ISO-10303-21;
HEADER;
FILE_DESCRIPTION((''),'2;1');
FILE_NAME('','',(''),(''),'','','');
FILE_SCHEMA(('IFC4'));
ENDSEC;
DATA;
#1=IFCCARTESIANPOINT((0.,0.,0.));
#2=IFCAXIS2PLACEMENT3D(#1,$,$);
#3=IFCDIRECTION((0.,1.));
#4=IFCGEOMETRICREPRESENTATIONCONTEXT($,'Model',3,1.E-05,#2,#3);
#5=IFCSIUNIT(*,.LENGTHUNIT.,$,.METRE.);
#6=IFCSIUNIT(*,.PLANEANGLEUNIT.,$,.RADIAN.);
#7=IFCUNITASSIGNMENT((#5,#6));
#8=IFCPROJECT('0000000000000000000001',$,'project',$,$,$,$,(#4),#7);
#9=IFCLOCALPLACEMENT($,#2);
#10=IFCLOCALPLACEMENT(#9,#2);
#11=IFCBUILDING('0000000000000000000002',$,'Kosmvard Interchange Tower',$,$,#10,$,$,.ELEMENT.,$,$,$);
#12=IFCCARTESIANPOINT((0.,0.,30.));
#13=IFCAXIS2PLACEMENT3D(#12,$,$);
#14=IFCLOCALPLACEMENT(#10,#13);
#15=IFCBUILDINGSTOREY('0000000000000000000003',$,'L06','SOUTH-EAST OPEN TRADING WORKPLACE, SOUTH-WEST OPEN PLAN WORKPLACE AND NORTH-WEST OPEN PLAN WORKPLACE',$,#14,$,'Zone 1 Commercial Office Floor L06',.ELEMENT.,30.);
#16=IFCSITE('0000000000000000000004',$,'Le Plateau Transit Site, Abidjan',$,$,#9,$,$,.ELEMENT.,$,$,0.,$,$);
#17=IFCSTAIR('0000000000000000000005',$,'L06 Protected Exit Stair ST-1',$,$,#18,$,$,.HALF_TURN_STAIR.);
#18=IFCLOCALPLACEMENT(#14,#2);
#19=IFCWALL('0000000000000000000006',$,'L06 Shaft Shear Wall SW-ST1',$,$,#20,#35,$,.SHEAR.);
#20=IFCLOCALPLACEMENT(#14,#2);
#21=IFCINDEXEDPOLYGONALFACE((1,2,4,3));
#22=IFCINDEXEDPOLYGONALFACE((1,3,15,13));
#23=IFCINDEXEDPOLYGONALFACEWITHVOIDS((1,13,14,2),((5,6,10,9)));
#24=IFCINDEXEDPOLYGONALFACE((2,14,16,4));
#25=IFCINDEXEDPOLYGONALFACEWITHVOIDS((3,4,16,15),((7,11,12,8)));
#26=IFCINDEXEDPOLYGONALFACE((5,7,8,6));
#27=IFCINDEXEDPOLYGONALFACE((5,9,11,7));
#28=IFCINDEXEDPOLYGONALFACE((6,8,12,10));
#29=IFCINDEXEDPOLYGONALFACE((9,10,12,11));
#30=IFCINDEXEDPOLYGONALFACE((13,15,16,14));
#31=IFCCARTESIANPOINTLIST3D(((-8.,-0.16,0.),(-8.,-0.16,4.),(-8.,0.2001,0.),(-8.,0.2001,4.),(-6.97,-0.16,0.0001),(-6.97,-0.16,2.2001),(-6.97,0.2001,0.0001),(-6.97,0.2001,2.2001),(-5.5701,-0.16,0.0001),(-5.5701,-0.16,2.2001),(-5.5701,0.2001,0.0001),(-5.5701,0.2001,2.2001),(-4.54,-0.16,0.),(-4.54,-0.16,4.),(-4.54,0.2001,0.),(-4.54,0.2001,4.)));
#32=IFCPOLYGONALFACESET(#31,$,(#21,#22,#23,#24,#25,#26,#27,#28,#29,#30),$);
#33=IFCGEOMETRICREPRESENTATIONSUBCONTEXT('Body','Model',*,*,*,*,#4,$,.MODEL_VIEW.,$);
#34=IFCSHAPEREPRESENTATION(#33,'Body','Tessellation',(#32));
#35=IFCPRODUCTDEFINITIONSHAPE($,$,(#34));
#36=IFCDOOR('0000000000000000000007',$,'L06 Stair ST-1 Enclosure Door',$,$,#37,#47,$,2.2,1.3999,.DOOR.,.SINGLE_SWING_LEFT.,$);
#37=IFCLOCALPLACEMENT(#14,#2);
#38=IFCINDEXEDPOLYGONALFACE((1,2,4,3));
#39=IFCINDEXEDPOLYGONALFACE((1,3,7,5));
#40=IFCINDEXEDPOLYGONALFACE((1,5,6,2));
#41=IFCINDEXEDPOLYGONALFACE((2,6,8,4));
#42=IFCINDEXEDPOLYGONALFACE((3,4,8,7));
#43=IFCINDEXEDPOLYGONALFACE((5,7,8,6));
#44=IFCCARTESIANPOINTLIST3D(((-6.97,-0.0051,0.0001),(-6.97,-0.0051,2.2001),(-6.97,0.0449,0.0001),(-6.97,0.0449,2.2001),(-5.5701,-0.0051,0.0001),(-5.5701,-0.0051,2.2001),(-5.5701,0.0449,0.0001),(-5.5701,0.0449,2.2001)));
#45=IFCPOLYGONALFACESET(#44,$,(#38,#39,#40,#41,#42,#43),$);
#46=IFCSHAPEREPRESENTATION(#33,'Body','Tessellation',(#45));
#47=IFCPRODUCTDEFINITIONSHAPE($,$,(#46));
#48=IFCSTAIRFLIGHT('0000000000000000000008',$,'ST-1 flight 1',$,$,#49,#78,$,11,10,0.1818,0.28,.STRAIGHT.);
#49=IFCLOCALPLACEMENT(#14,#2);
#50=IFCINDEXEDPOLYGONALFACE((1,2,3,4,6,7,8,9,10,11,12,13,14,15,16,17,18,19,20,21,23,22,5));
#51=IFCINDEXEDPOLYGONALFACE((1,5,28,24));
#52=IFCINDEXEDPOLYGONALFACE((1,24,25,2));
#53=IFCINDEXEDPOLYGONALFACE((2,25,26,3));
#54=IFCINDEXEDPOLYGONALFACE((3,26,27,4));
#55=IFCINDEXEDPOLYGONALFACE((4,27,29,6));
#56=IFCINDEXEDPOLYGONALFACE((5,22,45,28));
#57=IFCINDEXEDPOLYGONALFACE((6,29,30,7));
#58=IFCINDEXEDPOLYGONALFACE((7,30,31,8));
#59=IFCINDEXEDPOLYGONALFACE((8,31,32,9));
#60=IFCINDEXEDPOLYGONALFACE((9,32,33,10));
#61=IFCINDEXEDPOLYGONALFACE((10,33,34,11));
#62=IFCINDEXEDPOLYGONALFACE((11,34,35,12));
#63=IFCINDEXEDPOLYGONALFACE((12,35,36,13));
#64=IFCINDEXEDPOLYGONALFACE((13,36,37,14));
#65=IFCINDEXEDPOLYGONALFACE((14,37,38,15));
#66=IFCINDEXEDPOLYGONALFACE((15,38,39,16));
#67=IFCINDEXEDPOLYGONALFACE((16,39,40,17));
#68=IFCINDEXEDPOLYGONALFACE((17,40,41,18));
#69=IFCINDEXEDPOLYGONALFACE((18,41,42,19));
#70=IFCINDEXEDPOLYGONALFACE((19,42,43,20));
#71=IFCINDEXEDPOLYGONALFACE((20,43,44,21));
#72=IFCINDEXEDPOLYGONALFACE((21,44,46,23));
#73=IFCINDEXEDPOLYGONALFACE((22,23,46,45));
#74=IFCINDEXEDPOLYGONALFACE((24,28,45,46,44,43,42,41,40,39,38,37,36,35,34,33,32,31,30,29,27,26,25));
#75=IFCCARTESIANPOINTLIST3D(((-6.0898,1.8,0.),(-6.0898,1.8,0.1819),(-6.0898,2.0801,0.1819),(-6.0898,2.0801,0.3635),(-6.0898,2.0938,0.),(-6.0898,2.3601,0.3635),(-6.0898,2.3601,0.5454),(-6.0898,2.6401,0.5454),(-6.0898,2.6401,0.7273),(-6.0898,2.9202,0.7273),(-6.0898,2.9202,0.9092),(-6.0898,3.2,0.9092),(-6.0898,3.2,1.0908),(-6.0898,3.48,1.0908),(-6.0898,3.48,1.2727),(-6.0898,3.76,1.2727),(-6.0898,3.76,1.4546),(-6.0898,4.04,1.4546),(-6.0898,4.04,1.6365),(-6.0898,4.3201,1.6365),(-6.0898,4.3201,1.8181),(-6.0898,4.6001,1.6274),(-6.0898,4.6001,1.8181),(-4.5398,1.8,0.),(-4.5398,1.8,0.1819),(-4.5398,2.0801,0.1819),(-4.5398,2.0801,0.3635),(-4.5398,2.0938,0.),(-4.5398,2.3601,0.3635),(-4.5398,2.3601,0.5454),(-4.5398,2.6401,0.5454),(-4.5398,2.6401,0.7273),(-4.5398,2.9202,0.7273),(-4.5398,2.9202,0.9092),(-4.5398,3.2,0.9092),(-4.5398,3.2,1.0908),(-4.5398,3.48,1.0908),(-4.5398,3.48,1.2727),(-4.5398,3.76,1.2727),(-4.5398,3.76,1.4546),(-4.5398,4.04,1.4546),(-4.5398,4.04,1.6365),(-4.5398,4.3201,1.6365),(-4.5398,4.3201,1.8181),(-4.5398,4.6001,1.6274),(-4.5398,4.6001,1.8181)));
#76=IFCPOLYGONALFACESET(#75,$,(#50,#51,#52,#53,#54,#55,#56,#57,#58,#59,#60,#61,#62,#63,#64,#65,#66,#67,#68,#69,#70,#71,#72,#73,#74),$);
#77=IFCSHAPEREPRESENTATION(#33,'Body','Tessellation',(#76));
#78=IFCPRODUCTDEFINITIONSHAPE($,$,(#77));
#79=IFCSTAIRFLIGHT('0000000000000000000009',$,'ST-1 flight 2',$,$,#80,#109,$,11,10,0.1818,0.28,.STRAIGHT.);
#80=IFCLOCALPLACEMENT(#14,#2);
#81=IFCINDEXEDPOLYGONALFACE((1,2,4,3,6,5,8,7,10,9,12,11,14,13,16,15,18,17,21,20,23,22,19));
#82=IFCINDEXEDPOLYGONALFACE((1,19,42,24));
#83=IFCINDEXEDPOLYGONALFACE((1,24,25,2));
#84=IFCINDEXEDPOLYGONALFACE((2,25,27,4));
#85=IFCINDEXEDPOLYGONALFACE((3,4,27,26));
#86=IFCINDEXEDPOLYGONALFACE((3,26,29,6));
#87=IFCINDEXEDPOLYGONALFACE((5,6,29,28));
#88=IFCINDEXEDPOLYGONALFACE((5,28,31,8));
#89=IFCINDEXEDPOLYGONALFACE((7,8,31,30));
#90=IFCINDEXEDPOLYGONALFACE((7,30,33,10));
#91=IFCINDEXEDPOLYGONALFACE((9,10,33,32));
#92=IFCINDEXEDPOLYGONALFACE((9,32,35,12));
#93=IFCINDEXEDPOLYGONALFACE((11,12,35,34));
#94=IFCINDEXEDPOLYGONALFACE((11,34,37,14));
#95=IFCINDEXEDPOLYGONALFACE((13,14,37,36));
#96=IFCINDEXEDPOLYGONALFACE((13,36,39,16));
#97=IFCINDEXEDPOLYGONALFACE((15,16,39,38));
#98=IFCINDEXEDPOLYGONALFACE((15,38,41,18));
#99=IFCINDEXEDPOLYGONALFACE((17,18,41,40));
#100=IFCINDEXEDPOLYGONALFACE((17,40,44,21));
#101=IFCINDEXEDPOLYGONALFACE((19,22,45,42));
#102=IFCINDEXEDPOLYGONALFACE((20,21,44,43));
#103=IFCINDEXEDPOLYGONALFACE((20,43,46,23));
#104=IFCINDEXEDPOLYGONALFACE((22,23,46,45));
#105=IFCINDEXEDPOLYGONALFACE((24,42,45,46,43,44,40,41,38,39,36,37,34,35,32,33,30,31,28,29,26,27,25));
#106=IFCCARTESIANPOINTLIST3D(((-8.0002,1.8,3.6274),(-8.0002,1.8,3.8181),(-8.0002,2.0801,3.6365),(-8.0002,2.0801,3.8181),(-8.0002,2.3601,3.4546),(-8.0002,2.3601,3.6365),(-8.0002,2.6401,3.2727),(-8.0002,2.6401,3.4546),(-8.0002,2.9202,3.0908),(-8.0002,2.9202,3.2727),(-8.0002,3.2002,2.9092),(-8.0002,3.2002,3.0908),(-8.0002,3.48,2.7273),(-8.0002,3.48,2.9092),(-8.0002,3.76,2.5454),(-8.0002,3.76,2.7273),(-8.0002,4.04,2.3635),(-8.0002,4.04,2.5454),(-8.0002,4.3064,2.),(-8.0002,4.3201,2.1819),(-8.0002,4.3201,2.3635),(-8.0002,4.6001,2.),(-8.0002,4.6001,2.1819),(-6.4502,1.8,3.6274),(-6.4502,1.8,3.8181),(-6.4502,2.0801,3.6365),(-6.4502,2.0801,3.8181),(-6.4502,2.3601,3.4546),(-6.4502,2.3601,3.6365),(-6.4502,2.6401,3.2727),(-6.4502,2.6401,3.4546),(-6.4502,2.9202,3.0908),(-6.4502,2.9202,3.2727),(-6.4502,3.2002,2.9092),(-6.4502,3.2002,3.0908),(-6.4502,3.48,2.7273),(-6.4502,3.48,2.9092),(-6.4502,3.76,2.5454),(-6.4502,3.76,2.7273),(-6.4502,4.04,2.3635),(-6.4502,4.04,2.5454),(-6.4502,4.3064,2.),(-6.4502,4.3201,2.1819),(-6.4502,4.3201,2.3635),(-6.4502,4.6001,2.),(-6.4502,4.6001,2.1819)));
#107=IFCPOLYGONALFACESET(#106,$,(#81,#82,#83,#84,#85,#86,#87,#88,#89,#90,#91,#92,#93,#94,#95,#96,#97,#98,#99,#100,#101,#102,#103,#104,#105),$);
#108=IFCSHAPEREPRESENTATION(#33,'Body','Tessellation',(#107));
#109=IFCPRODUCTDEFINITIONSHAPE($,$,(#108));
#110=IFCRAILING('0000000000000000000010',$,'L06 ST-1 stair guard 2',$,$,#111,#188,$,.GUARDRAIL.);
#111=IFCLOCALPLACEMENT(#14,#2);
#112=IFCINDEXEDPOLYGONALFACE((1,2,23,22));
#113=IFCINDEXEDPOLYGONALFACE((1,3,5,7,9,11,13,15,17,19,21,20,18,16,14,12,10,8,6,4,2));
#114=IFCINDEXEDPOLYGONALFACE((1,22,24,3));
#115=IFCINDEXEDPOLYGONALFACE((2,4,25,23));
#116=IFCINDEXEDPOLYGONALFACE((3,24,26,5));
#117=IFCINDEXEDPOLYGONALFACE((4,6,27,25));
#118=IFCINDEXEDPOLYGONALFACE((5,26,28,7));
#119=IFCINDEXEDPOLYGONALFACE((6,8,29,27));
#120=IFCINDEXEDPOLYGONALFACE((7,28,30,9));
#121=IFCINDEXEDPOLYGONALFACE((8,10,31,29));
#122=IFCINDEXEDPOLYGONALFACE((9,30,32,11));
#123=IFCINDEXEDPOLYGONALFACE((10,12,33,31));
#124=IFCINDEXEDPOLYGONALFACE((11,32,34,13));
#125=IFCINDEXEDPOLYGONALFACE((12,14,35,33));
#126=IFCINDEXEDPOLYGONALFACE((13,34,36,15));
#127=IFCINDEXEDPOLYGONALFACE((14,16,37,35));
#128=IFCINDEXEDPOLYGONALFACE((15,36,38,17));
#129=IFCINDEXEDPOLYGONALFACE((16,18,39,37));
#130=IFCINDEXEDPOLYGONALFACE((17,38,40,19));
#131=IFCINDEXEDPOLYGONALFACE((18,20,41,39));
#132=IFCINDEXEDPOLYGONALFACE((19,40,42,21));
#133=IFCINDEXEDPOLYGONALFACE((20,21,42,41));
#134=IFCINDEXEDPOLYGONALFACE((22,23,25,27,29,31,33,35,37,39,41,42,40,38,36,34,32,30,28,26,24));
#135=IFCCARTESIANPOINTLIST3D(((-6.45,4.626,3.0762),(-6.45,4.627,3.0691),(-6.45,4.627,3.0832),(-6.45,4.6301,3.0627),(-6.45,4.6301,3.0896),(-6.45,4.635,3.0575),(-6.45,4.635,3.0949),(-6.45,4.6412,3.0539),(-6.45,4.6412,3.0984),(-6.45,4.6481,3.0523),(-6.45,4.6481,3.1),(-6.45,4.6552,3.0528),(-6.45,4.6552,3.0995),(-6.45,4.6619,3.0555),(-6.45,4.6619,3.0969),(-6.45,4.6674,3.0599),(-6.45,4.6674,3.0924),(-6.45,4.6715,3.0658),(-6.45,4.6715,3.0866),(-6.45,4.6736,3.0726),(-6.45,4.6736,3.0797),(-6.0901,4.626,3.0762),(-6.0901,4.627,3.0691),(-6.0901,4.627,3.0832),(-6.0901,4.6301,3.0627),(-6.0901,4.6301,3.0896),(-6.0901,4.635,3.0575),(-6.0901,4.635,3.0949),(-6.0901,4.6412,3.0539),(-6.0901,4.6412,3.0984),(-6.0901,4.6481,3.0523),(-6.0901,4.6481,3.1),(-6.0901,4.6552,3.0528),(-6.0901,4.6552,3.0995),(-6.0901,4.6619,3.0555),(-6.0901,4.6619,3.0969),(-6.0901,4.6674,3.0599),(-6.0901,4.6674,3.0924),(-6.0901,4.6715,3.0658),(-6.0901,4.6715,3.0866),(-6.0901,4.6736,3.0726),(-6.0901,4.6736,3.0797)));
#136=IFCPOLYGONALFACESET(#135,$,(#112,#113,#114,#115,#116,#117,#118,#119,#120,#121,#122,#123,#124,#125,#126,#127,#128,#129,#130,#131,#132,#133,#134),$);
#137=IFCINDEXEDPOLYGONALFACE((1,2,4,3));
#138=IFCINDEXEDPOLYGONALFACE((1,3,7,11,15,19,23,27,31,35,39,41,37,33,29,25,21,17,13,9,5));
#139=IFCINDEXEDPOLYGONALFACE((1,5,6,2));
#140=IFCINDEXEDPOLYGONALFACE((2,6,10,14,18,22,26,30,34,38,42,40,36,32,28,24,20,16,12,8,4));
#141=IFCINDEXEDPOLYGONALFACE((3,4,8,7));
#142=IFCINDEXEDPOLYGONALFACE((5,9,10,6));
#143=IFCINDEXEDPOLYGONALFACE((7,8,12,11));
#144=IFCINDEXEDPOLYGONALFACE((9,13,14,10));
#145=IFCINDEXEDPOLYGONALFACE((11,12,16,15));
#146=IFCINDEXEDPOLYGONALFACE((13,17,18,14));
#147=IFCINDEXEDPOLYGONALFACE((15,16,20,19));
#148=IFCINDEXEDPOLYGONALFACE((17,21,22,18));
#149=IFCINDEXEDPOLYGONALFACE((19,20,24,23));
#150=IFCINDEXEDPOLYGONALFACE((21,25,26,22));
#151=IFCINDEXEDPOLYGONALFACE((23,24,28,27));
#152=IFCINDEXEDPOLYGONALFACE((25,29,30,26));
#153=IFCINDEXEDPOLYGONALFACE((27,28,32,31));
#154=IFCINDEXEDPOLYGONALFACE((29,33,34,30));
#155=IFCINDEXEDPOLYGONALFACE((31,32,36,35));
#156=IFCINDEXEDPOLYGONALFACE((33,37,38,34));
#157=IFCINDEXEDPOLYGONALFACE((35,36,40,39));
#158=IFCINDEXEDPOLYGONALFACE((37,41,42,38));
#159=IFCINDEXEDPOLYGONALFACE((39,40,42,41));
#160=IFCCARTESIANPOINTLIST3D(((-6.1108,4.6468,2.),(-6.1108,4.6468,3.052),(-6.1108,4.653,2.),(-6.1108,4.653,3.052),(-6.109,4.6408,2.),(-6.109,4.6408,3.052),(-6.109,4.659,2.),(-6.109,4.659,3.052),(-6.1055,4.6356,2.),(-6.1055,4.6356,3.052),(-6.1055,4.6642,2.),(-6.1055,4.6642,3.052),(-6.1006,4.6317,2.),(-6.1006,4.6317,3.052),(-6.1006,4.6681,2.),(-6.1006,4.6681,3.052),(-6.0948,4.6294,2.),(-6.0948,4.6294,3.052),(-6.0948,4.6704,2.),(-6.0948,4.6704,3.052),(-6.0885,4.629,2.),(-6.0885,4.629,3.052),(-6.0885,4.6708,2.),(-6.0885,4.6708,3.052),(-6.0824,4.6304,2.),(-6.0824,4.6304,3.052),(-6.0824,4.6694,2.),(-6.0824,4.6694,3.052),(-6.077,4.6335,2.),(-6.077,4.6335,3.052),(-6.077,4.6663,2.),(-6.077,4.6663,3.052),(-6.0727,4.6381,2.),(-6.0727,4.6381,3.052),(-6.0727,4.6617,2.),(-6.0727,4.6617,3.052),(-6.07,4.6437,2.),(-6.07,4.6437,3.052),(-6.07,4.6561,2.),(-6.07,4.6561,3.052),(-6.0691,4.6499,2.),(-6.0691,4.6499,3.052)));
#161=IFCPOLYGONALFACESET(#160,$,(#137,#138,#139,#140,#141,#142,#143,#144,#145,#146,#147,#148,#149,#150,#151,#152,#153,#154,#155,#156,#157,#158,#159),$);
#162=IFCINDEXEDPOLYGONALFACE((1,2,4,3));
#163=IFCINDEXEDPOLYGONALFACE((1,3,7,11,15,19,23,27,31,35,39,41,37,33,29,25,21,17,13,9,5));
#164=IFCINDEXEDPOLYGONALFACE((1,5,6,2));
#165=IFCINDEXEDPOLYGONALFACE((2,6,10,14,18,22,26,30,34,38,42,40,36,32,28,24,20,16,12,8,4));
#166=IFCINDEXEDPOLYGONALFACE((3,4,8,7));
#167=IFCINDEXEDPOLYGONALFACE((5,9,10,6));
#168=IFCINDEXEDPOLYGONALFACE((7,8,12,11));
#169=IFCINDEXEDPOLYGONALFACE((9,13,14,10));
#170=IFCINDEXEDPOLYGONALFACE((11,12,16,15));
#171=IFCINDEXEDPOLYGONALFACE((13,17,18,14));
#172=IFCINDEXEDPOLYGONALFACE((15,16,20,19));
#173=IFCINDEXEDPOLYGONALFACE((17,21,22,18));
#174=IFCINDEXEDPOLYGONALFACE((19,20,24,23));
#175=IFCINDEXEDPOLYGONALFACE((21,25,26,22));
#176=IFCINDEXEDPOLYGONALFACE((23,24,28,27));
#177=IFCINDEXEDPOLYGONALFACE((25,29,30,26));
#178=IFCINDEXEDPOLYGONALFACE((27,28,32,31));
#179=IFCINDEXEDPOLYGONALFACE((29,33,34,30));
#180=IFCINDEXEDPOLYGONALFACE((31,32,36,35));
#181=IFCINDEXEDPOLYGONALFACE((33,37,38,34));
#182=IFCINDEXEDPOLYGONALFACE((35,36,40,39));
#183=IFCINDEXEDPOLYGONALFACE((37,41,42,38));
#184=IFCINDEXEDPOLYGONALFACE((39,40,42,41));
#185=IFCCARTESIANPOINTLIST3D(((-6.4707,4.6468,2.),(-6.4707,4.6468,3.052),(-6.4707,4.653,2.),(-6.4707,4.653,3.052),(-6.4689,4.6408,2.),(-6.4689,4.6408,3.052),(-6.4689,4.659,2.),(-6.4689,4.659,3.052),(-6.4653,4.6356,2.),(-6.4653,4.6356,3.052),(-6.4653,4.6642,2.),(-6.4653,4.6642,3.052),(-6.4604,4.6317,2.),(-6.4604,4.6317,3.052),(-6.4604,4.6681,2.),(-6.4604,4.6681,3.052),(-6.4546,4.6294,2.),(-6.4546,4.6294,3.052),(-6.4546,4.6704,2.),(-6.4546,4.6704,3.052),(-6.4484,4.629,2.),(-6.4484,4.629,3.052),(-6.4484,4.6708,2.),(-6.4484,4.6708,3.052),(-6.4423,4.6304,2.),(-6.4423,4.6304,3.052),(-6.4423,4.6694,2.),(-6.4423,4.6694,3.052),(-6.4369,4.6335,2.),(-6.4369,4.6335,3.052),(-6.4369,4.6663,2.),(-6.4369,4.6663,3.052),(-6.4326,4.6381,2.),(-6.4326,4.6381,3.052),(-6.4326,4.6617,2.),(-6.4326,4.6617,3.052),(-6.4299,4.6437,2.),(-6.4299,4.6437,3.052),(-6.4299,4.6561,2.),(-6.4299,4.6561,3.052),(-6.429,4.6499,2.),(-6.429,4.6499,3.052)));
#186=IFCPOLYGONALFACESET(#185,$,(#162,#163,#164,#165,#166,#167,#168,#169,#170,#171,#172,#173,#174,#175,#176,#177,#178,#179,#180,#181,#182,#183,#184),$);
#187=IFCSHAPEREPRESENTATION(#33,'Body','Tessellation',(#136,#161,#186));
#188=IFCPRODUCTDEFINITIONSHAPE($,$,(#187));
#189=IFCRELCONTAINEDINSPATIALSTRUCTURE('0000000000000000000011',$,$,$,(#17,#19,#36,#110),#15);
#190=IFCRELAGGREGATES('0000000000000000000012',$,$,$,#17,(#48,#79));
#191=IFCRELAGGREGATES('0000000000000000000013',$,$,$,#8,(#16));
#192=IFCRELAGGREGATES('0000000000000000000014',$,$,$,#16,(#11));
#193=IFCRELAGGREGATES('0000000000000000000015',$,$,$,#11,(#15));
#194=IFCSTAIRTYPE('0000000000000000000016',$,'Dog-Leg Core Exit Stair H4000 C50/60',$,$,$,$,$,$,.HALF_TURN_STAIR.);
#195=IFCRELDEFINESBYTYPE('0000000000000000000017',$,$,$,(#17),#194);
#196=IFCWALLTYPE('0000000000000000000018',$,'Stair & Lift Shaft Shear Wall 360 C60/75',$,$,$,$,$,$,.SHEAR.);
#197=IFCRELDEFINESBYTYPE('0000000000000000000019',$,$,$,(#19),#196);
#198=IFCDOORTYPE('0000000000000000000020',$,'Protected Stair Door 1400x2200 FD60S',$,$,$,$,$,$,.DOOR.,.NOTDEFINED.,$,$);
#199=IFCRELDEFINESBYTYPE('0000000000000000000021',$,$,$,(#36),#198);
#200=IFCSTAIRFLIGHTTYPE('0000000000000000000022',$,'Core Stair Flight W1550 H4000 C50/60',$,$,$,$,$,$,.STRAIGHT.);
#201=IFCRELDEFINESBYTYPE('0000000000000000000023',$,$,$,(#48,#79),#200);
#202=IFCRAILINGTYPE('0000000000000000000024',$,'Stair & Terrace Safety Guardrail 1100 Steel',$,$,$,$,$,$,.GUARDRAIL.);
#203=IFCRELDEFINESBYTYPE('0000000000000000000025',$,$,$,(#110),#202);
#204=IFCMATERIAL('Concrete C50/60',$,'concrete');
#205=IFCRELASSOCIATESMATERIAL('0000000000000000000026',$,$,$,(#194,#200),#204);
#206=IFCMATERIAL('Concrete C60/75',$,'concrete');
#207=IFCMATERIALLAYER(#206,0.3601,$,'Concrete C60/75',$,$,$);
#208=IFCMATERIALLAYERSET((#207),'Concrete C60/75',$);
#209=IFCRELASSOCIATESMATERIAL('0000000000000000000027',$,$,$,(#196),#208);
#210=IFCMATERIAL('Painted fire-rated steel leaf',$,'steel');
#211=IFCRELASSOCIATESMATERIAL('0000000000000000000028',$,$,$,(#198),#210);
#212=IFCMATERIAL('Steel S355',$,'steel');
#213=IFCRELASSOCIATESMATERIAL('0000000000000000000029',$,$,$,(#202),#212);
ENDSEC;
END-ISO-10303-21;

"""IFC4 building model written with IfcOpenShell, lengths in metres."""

from ifc_helpers import new_model, si_unit, direction, frame, frame_2d, origin, origin_2d, place, context, subcontext, project, spatial, polyline, rectangle, circle, outline, extrude, source, transform, mapped, material, layer, layer_set, type_object, element, fill, aggregate, save


model = new_model("IFC4")

# Units and contexts
model_context = context("Model", 3, precision=1e-05, world=origin(), true_north=direction((0.0, 1.0)))
body_context = subcontext(model_context, "Body", "Model", "MODEL_VIEW")
ifc_project = project(units=[si_unit("LENGTHUNIT", "METRE"), si_unit("PLANEANGLEUNIT", "RADIAN")], contexts=[model_context])

# Site, building, storey
site_placement = place(None, origin())
site = spatial("IfcSite", under=ifc_project, at=site_placement, Name="Le Plateau Transit Site, Abidjan", CompositionType="ELEMENT", RefElevation=0.0)
building_placement = place(site_placement, origin())
building = spatial("IfcBuilding", under=site, at=building_placement, Name="Kosmvard Interchange Tower", CompositionType="ELEMENT")
storey_placement = place(building_placement, frame((0.0, 0.0, 30.0)))
storey = spatial("IfcBuildingStorey", under=building, at=storey_placement, Name="L06", Description="SOUTH-EAST OPEN TRADING WORKPLACE, SOUTH-WEST OPEN PLAN WORKPLACE AND NORTH-WEST OPEN PLAN WORKPLACE", LongName="Zone 1 Commercial Office Floor L06", CompositionType="ELEMENT", Elevation=30.0)

# Shared definitions
ifc_material_1 = material(Name="Concrete C60/75", Category="concrete")

# Shared definitions
ifc_material_2 = material(Name="Steel S355", Category="steel")

# Stair
ifc_material_3 = material(Name="Concrete C50/60", Category="concrete")
stair_type = type_object("IfcStairType", Name="Dog-Leg Core Exit Stair H4000 C50/60", PredefinedType="HALF_TURN_STAIR", material=ifc_material_3)
stair_1_placement = place(storey_placement, origin())
stair_1 = element("IfcStair", 1, at=stair_1_placement, inside=storey, type_object=stair_type, Name="L06 Protected Exit Stair ST-1", PredefinedType="HALF_TURN_STAIR")

# Wall, opening, door
ifc_layer_1 = layer(ifc_material_1, 0.3601, Name="Concrete C60/75")
ifc_layer_set_1 = layer_set([ifc_layer_1], Name="Concrete C60/75")
wall_type_1 = type_object("IfcWallType", Name="Stair & Lift Shaft Shear Wall 360 C60/75", PredefinedType="SHEAR", material=ifc_layer_set_1)
wall_1_placement = place(storey_placement, frame((-8.0, 0.02, 0.0), z_axis=(0.0, 0.0, 1.0), x_axis=(1.0, 0.0, 0.0)))
wall_1 = element("IfcWall", 2, at=wall_1_placement, inside=storey, type_object=wall_type_1, Name="L06 Shaft Shear Wall SW-ST1", PredefinedType="SHEAR", context=body_context, shape_type="SweptSolid", body=[
    extrude(rectangle(XDim=3.46, YDim=0.3601, at=frame_2d((1.73, 0.0))), origin(), (0.0, 0.0, 1.0), 4.0),
])
opening_1_placement = place(wall_1_placement, frame((1.03, 0.0, 0.0)))
opening_1 = element("IfcOpeningElement", 3, at=opening_1_placement, cuts=wall_1, PredefinedType="OPENING", context=body_context, shape_type="SweptSolid", body=[
    extrude(rectangle(XDim=1.3999, YDim=2.2, at=frame_2d((0.7, 1.1001))), frame((0.0, 0.1899, 0.0), z_axis=(0.0, -1.0, 0.0), x_axis=(1.0, 0.0, 0.0)), (0.0, 0.0, 1.0), 0.3801),
])
ifc_material_4 = material(Name="Painted fire-rated steel leaf", Category="steel")
door_type_1 = type_object("IfcDoorType", Name="Protected Stair Door 1400x2200 FD60S", OperationType="NOTDEFINED", PredefinedType="DOOR", material=ifc_material_4)
shared_shape_1 = source(origin(), body_context, "Body", "SweptSolid", [
    extrude(rectangle(XDim=1.3999, YDim=2.2, at=frame_2d((0.7, 1.1001))), frame((0.0, 0.0249, 0.0), z_axis=(0.0, -1.0, 0.0), x_axis=(1.0, 0.0, 0.0)), (0.0, 0.0, 1.0), 0.05),
])
door_1_placement = place(opening_1_placement, origin())
door_1 = element("IfcDoor", 4, at=door_1_placement, inside=storey, type_object=door_type_1, Name="L06 Stair ST-1 Enclosure Door", OperationType="SINGLE_SWING_LEFT", OverallHeight=2.2, OverallWidth=1.3999, PredefinedType="DOOR", context=body_context, shape_type="MappedRepresentation", body=[
    mapped(shared_shape_1, transform((0.0, 0.0, 0.0), scale=1.0)),
])
fill(opening_1, door_1)

# Stair flights
stair_flight_type = type_object("IfcStairFlightType", Name="Core Stair Flight W1550 H4000 C50/60", PredefinedType="STRAIGHT", material=ifc_material_3)
shared_shape_2 = source(origin(), body_context, "Body", "SweptSolid", [
    extrude(outline(polyline([(0.0, 0.0), (0.0, 0.1819), (0.28, 0.1819), (0.28, 0.3635), (0.5601, 0.3635), (0.5601, 0.5454), (0.8401, 0.5454), (0.8401, 0.7273), (1.1201, 0.7273), (1.1201, 0.9092), (1.3999, 0.9092), (1.3999, 1.0908), (1.6799, 1.0908), (1.6799, 1.2727), (1.96, 1.2727), (1.96, 1.4546), (2.24, 1.4546), (2.24, 1.6365), (2.52, 1.6365), (2.52, 1.8181), (2.8, 1.8181), (2.8, 2.0), (2.8, 1.6274), (0.2937, 0.0), (0.0, 0.0)])), frame((0.0, 0.7749, 0.0), z_axis=(0.0, -1.0, 0.0), x_axis=(1.0, 0.0, 0.0)), (0.0, 0.0, 1.0), 1.55),
])
stair_flight_1_placement = place(storey_placement, frame((-5.3149, 1.8, 0.0), z_axis=(0.0, 0.0, 1.0), x_axis=(0.0, 1.0, 0.0)))
stair_flight_1 = element("IfcStairFlight", 5, at=stair_flight_1_placement, type_object=stair_flight_type, Name="ST-1 flight 1", NumberOfRisers=11, NumberOfTreads=10, PredefinedType="STRAIGHT", RiserHeight=0.1818, TreadLength=0.28, context=body_context, shape_type="MappedRepresentation", body=[
    mapped(shared_shape_2, transform((0.0, 0.0, 0.0), scale=1.0)),
])
stair_flight_2_placement = place(storey_placement, frame((-7.2251, 4.6001, 2.0), z_axis=(0.0, 0.0, 1.0), x_axis=(0.0, -1.0, 0.0)))
stair_flight_2 = element("IfcStairFlight", 6, at=stair_flight_2_placement, type_object=stair_flight_type, Name="ST-1 flight 2", NumberOfRisers=11, NumberOfTreads=10, PredefinedType="STRAIGHT", RiserHeight=0.1818, TreadLength=0.28, context=body_context, shape_type="MappedRepresentation", body=[
    mapped(shared_shape_2, transform((0.0, 0.0, 0.0), scale=1.0)),
])
aggregate(stair_1, [stair_flight_1, stair_flight_2])

# Railing
railing_type_1 = type_object("IfcRailingType", Name="Stair & Terrace Safety Guardrail 1100 Steel", PredefinedType="GUARDRAIL", material=ifc_material_2)
shared_shape_3 = source(origin(), body_context, "Body", "SweptSolid", [
    extrude(circle(Radius=0.0239, at=origin_2d()), frame((0.0, 0.0, 1.0762), z_axis=(-1.0, 0.0, 0.0), x_axis=(0.0, -1.0, 0.0)), (0.0, 0.0, 1.0), 0.3599),
    extrude(circle(Radius=0.021, at=origin_2d()), origin(), (0.0, 0.0, 1.0), 1.052),
    extrude(circle(Radius=0.021, at=origin_2d()), frame((-0.3599, 0.0, 0.0)), (0.0, 0.0, 1.0), 1.052),
])
for number, where, name in (
    (7, (-6.0901, 4.6499, 2.0), "L06 ST-1 stair guard 2"),
):
    element("IfcRailing", number, at=place(storey_placement, frame(where)), inside=storey, type_object=railing_type_1, Name=name, PredefinedType="GUARDRAIL", context=body_context, shape_type="MappedRepresentation", body=[
        mapped(shared_shape_3, transform((0.0, 0.0, 0.0), scale=1.0)),
    ])

save(model, "model.ifc")
